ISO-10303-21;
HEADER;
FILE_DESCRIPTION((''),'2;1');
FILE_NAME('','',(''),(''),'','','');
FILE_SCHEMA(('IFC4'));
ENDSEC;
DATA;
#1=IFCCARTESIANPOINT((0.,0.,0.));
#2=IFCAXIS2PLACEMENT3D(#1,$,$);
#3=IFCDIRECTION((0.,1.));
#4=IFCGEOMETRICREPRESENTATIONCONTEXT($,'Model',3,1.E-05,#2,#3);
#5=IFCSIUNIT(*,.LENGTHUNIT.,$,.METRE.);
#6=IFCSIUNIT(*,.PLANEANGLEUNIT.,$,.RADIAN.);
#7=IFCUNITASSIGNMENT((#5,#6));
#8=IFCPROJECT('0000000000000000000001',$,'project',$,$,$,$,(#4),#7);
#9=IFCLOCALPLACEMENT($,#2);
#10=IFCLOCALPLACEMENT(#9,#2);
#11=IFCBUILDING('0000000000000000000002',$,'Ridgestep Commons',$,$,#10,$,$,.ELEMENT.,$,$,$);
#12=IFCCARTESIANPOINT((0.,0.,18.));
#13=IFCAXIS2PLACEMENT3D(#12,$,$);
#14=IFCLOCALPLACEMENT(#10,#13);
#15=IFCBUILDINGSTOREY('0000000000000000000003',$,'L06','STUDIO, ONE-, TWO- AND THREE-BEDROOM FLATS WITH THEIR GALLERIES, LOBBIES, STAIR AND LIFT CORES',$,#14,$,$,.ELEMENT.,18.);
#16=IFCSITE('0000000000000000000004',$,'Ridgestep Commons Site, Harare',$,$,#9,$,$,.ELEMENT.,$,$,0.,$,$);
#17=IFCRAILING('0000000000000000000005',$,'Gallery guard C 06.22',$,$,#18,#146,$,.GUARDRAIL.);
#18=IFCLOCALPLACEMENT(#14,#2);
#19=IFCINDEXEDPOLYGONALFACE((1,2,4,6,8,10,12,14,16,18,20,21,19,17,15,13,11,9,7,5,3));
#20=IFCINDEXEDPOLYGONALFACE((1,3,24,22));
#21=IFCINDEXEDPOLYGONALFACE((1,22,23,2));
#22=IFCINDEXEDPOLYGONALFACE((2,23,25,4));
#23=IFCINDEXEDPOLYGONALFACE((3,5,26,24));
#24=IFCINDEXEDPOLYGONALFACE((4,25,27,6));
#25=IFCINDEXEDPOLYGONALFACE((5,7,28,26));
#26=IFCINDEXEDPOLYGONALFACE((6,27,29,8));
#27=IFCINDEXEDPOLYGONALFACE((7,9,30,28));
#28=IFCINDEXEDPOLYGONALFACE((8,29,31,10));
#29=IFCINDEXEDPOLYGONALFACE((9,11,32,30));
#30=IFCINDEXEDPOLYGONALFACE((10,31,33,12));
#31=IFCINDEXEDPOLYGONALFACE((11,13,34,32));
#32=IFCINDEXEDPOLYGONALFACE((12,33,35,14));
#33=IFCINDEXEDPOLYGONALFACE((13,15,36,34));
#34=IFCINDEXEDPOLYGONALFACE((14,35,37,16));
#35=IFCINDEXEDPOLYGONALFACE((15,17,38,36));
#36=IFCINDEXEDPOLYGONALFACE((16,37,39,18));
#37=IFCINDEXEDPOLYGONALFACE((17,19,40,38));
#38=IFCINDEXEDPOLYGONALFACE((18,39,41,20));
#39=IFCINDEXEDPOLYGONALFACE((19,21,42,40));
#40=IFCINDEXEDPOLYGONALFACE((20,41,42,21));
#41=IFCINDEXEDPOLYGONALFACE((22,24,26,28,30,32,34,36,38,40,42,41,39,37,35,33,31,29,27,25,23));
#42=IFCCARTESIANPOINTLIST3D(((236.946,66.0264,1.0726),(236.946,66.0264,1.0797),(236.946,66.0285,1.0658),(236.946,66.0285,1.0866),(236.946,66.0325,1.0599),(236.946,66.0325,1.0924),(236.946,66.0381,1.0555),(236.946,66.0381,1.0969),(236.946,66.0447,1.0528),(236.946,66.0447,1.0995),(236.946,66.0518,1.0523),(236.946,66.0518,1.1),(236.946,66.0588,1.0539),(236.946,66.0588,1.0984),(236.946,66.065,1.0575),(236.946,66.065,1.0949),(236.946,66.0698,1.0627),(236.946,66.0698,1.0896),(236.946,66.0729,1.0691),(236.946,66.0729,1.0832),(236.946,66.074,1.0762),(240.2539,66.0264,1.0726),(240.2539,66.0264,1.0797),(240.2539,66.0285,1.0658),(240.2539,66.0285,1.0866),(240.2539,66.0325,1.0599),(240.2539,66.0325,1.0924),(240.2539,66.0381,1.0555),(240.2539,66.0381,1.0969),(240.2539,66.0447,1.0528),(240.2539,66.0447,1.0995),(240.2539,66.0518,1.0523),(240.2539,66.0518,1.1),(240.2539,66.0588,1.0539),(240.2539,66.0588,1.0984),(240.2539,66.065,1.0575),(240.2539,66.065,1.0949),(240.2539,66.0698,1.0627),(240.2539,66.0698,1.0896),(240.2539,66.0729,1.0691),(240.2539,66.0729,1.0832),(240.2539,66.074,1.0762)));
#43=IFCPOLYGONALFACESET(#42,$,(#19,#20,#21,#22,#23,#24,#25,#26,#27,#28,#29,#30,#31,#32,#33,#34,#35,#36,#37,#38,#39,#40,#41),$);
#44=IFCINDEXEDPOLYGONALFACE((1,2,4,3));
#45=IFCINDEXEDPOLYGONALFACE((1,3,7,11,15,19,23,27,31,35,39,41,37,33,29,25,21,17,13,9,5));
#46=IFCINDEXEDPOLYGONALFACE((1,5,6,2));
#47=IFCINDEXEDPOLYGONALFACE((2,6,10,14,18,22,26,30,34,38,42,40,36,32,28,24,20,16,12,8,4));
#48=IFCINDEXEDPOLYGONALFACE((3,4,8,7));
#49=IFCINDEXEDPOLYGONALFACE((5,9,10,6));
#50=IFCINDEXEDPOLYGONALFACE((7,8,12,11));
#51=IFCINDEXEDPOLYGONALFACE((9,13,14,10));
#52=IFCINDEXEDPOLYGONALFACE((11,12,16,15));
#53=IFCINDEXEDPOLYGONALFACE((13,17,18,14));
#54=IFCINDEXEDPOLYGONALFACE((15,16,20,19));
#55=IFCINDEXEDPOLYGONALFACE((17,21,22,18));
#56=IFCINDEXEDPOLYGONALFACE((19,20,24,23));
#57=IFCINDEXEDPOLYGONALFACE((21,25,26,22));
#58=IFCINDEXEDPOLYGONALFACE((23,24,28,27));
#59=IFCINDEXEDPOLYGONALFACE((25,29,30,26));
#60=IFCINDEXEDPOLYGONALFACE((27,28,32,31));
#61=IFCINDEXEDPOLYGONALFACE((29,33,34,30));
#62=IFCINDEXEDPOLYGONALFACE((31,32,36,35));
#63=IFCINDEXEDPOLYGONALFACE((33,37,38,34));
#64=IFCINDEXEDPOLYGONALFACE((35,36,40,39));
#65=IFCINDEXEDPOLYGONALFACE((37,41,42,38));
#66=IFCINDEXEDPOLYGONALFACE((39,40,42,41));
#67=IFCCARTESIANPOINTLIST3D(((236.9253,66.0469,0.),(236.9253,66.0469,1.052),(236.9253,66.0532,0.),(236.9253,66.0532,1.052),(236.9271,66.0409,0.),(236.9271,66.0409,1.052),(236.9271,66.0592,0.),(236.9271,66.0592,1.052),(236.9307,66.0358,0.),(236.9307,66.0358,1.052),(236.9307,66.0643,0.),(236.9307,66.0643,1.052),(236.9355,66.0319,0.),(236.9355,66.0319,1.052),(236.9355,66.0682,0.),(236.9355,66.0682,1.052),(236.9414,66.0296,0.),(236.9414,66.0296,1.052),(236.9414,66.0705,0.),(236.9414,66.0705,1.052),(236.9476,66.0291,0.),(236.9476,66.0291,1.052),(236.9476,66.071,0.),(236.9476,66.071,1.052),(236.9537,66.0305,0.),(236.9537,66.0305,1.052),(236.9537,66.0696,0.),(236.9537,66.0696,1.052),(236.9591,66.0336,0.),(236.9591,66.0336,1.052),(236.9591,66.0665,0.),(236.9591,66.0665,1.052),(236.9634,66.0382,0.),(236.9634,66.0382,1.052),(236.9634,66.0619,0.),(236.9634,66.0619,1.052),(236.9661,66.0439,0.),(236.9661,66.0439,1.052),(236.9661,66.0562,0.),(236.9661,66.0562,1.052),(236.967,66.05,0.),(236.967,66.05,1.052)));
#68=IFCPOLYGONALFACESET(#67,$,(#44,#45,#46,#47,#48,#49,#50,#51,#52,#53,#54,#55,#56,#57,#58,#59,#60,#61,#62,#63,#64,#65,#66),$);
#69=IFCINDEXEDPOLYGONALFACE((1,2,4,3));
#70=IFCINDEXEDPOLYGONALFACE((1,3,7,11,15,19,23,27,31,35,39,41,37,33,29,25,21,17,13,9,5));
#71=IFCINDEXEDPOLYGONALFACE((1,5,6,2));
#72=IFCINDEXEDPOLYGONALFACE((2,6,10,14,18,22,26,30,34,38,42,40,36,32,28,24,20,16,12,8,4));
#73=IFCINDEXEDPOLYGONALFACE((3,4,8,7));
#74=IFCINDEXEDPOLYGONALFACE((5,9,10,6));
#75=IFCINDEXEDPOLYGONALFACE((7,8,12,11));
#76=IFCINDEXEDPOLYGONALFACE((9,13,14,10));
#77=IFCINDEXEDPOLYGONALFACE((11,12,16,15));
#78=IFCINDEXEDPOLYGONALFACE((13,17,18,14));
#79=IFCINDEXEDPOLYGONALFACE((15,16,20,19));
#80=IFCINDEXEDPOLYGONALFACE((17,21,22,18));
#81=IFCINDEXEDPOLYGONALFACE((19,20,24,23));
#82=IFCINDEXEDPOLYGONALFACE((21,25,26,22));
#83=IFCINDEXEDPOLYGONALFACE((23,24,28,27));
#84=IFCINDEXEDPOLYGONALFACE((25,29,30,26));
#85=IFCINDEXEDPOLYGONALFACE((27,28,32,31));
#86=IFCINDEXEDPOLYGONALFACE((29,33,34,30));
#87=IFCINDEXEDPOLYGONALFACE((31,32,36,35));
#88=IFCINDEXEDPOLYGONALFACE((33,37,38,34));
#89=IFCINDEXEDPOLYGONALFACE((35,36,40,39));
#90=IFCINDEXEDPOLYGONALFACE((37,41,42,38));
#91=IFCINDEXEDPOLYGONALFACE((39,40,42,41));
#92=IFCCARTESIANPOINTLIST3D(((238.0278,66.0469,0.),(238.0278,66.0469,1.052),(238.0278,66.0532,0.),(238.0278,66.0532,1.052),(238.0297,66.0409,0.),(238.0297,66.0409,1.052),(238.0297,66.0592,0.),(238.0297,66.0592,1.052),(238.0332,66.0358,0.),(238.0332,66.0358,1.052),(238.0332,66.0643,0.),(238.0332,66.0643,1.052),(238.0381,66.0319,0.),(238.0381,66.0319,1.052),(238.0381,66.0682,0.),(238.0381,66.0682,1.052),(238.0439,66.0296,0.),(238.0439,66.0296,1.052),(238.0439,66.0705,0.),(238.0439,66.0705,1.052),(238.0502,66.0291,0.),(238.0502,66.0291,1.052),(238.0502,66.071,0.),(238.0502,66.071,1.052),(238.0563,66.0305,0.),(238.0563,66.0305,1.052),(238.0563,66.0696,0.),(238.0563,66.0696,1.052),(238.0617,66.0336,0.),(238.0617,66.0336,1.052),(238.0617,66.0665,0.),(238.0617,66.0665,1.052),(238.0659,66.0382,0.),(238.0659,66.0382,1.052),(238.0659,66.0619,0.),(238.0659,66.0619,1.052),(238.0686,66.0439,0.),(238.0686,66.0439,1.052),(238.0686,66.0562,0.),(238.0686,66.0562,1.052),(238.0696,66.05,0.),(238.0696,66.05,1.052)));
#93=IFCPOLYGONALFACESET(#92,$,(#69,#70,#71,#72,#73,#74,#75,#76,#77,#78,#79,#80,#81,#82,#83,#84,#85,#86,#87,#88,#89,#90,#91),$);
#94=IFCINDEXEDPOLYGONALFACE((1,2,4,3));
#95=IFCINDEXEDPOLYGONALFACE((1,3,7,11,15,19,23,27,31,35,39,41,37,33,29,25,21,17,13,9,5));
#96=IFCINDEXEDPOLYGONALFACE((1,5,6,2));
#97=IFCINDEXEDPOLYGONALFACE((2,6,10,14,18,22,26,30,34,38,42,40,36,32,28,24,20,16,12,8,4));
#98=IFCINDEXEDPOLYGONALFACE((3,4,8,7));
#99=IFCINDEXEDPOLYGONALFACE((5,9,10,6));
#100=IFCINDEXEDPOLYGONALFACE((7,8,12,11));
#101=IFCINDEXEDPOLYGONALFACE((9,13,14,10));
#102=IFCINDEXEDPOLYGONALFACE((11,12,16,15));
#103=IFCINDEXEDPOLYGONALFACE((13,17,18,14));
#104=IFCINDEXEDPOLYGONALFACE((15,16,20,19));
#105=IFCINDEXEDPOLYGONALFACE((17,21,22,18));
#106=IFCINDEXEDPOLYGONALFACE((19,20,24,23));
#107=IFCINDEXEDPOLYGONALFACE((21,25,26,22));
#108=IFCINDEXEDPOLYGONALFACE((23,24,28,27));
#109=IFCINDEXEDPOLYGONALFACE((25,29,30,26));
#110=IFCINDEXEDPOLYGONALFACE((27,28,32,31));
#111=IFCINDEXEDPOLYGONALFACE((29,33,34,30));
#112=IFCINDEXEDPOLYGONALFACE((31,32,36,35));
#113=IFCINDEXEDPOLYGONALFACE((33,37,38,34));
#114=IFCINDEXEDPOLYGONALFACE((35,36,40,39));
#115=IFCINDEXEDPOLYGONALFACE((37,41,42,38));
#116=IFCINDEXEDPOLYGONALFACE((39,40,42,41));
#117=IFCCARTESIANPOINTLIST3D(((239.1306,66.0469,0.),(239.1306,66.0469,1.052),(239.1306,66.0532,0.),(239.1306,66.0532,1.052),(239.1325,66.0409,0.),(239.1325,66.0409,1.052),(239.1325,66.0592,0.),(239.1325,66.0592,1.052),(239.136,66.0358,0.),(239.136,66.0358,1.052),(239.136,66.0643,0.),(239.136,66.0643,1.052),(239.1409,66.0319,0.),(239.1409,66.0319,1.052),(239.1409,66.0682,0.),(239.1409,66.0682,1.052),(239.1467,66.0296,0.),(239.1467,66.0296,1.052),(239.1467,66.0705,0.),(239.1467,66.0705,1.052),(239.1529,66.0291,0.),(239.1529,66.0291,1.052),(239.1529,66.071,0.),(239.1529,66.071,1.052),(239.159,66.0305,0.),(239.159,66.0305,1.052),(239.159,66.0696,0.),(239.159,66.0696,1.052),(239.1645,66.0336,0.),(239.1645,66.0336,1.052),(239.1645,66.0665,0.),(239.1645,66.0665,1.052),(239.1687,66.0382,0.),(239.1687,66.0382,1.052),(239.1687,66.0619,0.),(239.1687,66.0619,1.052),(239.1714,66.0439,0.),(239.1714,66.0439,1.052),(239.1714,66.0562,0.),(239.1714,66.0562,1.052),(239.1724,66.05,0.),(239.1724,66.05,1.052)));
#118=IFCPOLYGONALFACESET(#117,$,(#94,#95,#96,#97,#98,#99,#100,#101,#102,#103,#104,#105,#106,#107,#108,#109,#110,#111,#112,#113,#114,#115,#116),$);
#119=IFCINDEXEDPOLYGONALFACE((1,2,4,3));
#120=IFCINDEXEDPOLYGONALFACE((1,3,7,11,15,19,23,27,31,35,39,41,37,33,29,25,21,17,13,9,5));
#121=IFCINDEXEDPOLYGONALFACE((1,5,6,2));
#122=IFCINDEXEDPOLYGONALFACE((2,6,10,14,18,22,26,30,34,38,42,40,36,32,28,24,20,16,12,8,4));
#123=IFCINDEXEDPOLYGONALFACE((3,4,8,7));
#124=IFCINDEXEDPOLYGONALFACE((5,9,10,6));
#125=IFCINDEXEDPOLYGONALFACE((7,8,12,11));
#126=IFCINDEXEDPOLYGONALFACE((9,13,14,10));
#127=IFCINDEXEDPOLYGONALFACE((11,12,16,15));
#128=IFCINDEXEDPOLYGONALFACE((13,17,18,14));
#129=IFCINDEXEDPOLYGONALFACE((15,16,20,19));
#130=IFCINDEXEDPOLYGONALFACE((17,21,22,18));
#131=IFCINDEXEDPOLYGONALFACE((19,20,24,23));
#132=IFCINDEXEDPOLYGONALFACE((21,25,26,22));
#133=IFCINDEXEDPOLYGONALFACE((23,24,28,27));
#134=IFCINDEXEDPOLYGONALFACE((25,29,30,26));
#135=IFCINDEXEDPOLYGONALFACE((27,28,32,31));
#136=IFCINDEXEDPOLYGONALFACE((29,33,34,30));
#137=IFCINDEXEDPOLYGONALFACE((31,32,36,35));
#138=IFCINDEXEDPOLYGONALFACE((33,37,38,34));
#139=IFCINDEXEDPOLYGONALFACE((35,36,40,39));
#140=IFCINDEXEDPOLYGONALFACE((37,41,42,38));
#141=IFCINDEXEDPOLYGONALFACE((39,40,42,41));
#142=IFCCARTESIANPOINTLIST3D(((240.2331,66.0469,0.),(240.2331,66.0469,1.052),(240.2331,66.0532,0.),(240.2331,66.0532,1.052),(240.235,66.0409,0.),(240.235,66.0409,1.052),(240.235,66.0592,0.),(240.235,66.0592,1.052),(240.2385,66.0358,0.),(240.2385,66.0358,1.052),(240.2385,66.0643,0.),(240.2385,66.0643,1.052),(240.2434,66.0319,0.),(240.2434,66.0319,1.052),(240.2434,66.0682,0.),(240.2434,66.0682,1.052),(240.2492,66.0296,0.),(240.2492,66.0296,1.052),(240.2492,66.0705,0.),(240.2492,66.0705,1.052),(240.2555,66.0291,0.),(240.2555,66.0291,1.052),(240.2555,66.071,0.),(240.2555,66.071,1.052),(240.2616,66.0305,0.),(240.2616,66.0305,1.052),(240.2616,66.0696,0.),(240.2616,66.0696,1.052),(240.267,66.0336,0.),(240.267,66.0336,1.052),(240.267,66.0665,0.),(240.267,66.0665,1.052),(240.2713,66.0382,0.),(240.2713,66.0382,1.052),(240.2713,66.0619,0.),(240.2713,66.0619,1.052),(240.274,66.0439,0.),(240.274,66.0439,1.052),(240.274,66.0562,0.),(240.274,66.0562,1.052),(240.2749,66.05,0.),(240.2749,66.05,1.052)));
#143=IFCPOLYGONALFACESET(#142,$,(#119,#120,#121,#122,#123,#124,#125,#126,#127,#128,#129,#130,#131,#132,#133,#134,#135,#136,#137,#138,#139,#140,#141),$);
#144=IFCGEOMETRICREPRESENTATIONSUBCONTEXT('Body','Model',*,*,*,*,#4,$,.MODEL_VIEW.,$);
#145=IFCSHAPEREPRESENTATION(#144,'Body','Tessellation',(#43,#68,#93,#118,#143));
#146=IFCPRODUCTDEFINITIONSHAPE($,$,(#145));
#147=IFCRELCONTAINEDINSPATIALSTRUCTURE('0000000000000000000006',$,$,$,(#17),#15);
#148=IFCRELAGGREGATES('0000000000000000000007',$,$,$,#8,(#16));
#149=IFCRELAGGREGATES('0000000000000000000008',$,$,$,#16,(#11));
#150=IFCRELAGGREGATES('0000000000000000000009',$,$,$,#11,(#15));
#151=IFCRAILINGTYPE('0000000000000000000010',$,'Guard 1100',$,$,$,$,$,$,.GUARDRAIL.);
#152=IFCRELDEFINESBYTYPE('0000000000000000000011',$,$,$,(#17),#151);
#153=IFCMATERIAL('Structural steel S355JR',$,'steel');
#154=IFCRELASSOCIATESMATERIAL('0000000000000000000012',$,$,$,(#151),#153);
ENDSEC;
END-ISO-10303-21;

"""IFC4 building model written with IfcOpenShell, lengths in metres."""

from ifc_helpers import new_model, si_unit, direction, frame, origin, origin_2d, place, context, subcontext, project, spatial, circle, extrude, material, type_object, element, save


model = new_model("IFC4")

# Units and contexts
model_context = context("Model", 3, precision=1e-05, world=origin(), true_north=direction((0.0, 1.0)))
body_context = subcontext(model_context, "Body", "Model", "MODEL_VIEW")
ifc_project = project(units=[si_unit("LENGTHUNIT", "METRE"), si_unit("PLANEANGLEUNIT", "RADIAN")], contexts=[model_context])

# Site, building, storey
site_placement = place(None, origin())
site = spatial("IfcSite", under=ifc_project, at=site_placement, Name="Ridgestep Commons Site, Harare", CompositionType="ELEMENT", RefElevation=0.0)
building_placement = place(site_placement, origin())
building = spatial("IfcBuilding", under=site, at=building_placement, Name="Ridgestep Commons", CompositionType="ELEMENT")
storey_placement = place(building_placement, frame((0.0, 0.0, 18.0)))
storey = spatial("IfcBuildingStorey", under=building, at=storey_placement, Name="L06", Description="STUDIO, ONE-, TWO- AND THREE-BEDROOM FLATS WITH THEIR GALLERIES, LOBBIES, STAIR AND LIFT CORES", CompositionType="ELEMENT", Elevation=18.0)

# Railing
ifc_material_1 = material(Name="Structural steel S355JR", Category="steel")
railing_type_1 = type_object("IfcRailingType", Name="Guard 1100", PredefinedType="GUARDRAIL", material=ifc_material_1)
railing_1_placement = place(storey_placement, frame((236.946, 66.05, 0.0)))
element("IfcRailing", 1, at=railing_1_placement, inside=storey, type_object=railing_type_1, Name="Gallery guard C 06.22", PredefinedType="GUARDRAIL", context=body_context, shape_type="SweptSolid", body=[
    extrude(circle(Radius=0.0239, at=origin_2d()), frame((0.0, 0.0, 1.0762), z_axis=(1.0, 0.0, 0.0), x_axis=(0.0, 1.0, 0.0)), (0.0, 0.0, 1.0), 3.3079),
    extrude(circle(Radius=0.021, at=origin_2d()), origin(), (0.0, 0.0, 1.0), 1.052),
    extrude(circle(Radius=0.021, at=origin_2d()), frame((1.1025, 0.0, 0.0)), (0.0, 0.0, 1.0), 1.052),
    extrude(circle(Radius=0.021, at=origin_2d()), frame((2.2053, 0.0, 0.0)), (0.0, 0.0, 1.0), 1.052),
    extrude(circle(Radius=0.021, at=origin_2d()), frame((3.3079, 0.0, 0.0)), (0.0, 0.0, 1.0), 1.052),
])

save(model, "model.ifc")
